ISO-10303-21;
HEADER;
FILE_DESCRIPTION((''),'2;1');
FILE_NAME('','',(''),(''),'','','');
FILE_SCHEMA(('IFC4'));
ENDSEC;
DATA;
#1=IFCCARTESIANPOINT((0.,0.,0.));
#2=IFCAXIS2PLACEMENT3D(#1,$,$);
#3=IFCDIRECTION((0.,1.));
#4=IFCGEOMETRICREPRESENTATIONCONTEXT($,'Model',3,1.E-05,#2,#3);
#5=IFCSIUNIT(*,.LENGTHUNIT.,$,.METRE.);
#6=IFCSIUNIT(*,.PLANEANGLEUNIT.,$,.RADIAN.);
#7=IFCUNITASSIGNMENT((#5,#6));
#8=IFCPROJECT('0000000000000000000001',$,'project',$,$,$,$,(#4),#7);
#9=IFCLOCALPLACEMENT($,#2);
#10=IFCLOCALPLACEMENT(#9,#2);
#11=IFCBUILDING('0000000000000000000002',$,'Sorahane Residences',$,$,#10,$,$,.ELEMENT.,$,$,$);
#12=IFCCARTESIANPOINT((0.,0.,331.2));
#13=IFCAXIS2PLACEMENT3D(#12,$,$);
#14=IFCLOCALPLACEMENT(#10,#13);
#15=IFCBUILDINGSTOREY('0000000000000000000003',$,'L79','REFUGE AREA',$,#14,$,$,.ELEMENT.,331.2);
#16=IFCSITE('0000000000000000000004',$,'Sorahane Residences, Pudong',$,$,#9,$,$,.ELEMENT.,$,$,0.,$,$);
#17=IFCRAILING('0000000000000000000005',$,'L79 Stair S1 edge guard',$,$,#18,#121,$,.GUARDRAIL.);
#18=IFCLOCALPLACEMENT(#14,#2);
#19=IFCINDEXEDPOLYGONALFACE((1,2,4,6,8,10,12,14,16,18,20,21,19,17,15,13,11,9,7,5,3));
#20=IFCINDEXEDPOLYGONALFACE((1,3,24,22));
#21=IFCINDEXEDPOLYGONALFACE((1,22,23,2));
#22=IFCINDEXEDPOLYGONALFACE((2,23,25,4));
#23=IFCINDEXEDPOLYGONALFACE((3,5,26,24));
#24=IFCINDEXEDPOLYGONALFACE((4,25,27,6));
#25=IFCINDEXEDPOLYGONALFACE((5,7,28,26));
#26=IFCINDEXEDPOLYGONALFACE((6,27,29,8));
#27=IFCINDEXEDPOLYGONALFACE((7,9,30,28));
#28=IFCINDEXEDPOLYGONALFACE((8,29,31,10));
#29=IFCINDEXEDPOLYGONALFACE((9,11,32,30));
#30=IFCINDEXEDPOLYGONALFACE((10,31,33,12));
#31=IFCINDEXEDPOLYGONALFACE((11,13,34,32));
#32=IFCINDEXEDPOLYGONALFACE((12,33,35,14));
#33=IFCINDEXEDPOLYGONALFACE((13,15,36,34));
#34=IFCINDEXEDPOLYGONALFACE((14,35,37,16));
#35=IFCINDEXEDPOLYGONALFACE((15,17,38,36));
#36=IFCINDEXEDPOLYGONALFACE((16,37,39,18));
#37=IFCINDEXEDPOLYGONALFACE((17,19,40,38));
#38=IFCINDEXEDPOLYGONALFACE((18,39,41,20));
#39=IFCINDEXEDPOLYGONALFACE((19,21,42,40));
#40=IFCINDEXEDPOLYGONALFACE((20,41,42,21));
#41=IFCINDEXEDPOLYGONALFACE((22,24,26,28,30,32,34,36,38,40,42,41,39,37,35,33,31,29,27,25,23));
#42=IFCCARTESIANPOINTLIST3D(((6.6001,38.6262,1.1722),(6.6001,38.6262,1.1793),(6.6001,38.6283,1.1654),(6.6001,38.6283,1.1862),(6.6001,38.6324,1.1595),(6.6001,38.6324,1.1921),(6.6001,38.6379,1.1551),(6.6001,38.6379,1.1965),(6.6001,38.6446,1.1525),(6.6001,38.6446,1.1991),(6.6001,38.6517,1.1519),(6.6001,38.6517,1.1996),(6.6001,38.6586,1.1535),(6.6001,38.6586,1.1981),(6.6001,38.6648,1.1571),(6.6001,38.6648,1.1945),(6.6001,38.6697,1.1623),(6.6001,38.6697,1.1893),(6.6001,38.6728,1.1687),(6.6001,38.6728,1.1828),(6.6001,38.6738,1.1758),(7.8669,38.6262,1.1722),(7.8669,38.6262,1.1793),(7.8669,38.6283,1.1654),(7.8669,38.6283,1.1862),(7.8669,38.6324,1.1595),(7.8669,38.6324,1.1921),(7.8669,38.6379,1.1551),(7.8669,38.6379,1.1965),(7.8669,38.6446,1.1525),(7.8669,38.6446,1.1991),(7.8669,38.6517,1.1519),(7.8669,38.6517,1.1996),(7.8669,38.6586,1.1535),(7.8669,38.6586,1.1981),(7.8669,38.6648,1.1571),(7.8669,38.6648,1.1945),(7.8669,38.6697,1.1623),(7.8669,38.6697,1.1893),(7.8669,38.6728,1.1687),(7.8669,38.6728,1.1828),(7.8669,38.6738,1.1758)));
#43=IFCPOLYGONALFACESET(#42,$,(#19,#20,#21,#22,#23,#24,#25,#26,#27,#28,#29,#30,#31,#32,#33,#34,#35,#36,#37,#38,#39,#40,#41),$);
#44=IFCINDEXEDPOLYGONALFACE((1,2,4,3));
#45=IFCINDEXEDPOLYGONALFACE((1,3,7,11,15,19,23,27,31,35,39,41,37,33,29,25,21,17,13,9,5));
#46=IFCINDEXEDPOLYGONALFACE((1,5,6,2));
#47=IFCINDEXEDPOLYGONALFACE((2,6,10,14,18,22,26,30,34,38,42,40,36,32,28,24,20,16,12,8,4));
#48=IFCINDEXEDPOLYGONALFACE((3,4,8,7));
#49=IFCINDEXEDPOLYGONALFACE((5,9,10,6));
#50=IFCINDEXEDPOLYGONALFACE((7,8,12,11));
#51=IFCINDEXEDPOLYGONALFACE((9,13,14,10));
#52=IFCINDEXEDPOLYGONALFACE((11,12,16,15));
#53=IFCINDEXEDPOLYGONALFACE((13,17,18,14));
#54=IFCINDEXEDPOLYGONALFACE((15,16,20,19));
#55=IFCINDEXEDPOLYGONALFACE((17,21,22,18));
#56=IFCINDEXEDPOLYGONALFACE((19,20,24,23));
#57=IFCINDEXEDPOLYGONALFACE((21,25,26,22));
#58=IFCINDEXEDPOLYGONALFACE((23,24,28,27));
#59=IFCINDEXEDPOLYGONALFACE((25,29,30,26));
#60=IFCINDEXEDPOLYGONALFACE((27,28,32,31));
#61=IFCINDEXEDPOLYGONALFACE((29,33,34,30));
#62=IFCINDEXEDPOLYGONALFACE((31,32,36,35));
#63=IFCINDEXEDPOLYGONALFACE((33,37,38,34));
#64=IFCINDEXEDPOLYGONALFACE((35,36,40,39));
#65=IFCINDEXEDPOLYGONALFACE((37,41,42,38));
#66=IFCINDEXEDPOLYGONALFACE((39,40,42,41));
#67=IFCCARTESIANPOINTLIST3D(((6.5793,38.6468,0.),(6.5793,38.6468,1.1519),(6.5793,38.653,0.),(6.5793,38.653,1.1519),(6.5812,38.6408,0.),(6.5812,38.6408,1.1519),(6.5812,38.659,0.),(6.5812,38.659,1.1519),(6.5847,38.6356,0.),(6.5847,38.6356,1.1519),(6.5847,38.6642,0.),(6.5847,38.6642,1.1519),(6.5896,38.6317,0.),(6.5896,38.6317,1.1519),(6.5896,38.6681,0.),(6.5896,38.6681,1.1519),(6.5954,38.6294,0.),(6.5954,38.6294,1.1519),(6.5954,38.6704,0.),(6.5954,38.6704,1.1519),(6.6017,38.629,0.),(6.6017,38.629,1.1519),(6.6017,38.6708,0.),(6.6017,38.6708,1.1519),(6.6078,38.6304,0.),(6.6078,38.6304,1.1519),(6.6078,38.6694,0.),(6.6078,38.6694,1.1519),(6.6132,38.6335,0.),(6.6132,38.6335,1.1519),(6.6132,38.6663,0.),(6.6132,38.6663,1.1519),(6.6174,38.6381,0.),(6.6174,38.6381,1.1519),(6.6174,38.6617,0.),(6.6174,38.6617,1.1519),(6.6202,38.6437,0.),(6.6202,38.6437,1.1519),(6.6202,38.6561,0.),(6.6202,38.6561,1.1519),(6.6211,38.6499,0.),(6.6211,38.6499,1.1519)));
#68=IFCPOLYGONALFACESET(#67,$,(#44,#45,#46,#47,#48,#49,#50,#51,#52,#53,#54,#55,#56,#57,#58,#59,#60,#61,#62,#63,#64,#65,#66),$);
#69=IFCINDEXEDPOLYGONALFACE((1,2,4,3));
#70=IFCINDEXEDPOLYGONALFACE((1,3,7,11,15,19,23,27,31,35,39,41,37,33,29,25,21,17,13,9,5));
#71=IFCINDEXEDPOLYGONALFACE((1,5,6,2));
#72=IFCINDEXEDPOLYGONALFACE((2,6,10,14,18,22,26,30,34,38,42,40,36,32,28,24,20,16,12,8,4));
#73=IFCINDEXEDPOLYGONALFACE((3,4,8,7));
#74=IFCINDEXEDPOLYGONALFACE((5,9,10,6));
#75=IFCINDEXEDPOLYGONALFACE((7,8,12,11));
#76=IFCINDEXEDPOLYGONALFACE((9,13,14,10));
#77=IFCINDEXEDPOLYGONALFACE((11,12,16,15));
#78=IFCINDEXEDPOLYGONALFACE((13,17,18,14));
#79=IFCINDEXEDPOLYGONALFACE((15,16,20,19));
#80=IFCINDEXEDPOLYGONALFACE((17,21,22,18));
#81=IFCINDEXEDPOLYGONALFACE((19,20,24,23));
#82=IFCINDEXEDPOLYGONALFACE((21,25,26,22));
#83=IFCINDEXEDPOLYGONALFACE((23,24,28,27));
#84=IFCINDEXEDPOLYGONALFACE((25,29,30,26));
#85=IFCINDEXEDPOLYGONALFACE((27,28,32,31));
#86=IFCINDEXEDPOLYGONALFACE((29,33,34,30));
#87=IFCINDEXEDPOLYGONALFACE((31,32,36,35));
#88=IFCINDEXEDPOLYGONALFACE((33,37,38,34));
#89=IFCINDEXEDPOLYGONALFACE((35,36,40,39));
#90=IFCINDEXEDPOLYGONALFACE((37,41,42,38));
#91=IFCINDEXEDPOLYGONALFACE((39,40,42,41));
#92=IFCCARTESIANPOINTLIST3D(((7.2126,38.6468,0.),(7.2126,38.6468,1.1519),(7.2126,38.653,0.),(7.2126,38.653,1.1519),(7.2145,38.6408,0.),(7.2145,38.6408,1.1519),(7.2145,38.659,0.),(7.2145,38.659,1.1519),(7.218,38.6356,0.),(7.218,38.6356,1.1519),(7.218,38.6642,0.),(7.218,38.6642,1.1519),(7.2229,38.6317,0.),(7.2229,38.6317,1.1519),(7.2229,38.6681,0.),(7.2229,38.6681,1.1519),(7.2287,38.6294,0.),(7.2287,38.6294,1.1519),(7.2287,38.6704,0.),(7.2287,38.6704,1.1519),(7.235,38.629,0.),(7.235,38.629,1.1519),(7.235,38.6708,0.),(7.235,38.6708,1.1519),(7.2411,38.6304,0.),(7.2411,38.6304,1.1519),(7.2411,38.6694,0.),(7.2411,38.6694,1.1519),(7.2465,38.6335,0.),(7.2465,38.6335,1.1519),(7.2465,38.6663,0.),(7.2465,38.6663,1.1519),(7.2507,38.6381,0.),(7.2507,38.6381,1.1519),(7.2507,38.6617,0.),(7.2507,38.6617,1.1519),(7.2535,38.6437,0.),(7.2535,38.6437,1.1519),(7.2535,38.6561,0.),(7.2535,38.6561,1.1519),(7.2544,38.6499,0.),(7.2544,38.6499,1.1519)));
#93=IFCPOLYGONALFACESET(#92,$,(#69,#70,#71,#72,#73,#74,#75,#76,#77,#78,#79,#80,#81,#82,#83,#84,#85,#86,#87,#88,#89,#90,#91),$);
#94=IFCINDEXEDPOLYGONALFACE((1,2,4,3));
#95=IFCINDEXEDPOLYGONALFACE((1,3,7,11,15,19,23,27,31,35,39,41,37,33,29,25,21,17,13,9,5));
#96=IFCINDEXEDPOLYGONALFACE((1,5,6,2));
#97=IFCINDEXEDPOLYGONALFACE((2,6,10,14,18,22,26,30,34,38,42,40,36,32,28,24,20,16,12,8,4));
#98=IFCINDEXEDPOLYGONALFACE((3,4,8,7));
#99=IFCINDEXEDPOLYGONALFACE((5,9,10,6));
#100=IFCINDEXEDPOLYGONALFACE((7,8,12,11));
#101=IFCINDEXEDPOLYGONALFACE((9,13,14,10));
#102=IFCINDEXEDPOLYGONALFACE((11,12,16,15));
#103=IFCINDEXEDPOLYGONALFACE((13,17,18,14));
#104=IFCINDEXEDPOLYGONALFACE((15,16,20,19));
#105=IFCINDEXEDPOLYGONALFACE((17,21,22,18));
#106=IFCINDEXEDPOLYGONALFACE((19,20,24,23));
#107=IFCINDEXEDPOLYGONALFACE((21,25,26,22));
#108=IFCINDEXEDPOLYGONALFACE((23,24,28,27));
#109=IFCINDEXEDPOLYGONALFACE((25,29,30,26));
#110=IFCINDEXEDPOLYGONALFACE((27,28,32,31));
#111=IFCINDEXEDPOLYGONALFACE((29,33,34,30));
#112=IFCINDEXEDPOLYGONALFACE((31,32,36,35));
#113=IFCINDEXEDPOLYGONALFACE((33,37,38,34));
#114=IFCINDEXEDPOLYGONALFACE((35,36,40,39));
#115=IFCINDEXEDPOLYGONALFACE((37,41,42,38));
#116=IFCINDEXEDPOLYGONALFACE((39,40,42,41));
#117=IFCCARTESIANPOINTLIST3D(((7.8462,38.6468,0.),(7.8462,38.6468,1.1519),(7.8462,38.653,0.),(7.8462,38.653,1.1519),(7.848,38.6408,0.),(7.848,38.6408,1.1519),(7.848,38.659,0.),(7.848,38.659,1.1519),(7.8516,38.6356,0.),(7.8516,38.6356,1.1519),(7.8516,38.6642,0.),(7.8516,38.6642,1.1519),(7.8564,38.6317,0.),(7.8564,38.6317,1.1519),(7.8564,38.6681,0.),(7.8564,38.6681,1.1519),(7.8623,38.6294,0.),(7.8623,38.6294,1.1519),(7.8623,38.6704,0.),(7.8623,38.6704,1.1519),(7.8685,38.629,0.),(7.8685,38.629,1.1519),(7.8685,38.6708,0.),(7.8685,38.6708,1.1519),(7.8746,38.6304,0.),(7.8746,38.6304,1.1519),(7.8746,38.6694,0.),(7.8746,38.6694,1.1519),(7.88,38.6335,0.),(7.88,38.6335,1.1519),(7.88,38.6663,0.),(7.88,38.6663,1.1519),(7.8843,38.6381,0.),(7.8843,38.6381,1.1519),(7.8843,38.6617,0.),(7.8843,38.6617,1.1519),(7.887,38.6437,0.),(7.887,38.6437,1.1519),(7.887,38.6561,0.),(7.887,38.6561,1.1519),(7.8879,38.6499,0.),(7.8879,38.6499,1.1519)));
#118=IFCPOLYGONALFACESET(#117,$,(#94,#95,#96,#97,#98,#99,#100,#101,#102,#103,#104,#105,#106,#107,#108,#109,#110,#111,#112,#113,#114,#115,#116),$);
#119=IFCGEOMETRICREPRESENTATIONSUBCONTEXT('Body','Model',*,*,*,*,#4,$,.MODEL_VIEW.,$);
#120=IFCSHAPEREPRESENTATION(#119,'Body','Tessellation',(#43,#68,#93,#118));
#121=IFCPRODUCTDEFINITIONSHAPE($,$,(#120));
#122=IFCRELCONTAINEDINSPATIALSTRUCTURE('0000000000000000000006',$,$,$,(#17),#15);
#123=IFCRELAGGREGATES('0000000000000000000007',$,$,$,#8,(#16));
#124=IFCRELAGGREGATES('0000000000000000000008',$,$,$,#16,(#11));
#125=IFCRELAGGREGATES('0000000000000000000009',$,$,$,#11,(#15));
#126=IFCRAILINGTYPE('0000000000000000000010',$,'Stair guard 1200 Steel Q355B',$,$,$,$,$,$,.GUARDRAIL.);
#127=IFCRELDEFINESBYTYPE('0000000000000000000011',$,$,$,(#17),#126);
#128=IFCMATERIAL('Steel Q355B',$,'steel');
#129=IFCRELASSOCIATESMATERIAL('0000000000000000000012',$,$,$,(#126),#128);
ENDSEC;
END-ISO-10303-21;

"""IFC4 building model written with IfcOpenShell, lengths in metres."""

from ifc_helpers import new_model, si_unit, direction, frame, origin, origin_2d, place, context, subcontext, project, spatial, circle, extrude, material, type_object, element, save


model = new_model("IFC4")

# Units and contexts
model_context = context("Model", 3, precision=1e-05, world=origin(), true_north=direction((0.0, 1.0)))
body_context = subcontext(model_context, "Body", "Model", "MODEL_VIEW")
ifc_project = project(units=[si_unit("LENGTHUNIT", "METRE"), si_unit("PLANEANGLEUNIT", "RADIAN")], contexts=[model_context])

# Site, building, storey
site_placement = place(None, origin())
site = spatial("IfcSite", under=ifc_project, at=site_placement, Name="Sorahane Residences, Pudong", CompositionType="ELEMENT", RefElevation=0.0)
building_placement = place(site_placement, origin())
building = spatial("IfcBuilding", under=site, at=building_placement, Name="Sorahane Residences", CompositionType="ELEMENT")
storey_placement = place(building_placement, frame((0.0, 0.0, 331.2)))
storey = spatial("IfcBuildingStorey", under=building, at=storey_placement, Name="L79", Description="REFUGE AREA", CompositionType="ELEMENT", Elevation=331.2)

# Railing
ifc_material_1 = material(Name="Steel Q355B", Category="steel")
railing_type_1 = type_object("IfcRailingType", Name="Stair guard 1200 Steel Q355B", PredefinedType="GUARDRAIL", material=ifc_material_1)
railing_1_placement = place(storey_placement, frame((6.6001, 38.6499, 0.0)))
element("IfcRailing", 1, at=railing_1_placement, inside=storey, type_object=railing_type_1, Name="L79 Stair S1 edge guard", PredefinedType="GUARDRAIL", context=body_context, shape_type="SweptSolid", body=[
    extrude(circle(Radius=0.0239, at=origin_2d()), frame((0.0, 0.0, 1.1758), z_axis=(1.0, 0.0, 0.0), x_axis=(0.0, 1.0, 0.0)), (0.0, 0.0, 1.0), 1.2668),
    extrude(circle(Radius=0.021, at=origin_2d()), origin(), (0.0, 0.0, 1.0), 1.1519),
    extrude(circle(Radius=0.021, at=origin_2d()), frame((0.6333, 0.0, 0.0)), (0.0, 0.0, 1.0), 1.1519),
    extrude(circle(Radius=0.021, at=origin_2d()), frame((1.2668, 0.0, 0.0)), (0.0, 0.0, 1.0), 1.1519),
])

save(model, "model.ifc")
